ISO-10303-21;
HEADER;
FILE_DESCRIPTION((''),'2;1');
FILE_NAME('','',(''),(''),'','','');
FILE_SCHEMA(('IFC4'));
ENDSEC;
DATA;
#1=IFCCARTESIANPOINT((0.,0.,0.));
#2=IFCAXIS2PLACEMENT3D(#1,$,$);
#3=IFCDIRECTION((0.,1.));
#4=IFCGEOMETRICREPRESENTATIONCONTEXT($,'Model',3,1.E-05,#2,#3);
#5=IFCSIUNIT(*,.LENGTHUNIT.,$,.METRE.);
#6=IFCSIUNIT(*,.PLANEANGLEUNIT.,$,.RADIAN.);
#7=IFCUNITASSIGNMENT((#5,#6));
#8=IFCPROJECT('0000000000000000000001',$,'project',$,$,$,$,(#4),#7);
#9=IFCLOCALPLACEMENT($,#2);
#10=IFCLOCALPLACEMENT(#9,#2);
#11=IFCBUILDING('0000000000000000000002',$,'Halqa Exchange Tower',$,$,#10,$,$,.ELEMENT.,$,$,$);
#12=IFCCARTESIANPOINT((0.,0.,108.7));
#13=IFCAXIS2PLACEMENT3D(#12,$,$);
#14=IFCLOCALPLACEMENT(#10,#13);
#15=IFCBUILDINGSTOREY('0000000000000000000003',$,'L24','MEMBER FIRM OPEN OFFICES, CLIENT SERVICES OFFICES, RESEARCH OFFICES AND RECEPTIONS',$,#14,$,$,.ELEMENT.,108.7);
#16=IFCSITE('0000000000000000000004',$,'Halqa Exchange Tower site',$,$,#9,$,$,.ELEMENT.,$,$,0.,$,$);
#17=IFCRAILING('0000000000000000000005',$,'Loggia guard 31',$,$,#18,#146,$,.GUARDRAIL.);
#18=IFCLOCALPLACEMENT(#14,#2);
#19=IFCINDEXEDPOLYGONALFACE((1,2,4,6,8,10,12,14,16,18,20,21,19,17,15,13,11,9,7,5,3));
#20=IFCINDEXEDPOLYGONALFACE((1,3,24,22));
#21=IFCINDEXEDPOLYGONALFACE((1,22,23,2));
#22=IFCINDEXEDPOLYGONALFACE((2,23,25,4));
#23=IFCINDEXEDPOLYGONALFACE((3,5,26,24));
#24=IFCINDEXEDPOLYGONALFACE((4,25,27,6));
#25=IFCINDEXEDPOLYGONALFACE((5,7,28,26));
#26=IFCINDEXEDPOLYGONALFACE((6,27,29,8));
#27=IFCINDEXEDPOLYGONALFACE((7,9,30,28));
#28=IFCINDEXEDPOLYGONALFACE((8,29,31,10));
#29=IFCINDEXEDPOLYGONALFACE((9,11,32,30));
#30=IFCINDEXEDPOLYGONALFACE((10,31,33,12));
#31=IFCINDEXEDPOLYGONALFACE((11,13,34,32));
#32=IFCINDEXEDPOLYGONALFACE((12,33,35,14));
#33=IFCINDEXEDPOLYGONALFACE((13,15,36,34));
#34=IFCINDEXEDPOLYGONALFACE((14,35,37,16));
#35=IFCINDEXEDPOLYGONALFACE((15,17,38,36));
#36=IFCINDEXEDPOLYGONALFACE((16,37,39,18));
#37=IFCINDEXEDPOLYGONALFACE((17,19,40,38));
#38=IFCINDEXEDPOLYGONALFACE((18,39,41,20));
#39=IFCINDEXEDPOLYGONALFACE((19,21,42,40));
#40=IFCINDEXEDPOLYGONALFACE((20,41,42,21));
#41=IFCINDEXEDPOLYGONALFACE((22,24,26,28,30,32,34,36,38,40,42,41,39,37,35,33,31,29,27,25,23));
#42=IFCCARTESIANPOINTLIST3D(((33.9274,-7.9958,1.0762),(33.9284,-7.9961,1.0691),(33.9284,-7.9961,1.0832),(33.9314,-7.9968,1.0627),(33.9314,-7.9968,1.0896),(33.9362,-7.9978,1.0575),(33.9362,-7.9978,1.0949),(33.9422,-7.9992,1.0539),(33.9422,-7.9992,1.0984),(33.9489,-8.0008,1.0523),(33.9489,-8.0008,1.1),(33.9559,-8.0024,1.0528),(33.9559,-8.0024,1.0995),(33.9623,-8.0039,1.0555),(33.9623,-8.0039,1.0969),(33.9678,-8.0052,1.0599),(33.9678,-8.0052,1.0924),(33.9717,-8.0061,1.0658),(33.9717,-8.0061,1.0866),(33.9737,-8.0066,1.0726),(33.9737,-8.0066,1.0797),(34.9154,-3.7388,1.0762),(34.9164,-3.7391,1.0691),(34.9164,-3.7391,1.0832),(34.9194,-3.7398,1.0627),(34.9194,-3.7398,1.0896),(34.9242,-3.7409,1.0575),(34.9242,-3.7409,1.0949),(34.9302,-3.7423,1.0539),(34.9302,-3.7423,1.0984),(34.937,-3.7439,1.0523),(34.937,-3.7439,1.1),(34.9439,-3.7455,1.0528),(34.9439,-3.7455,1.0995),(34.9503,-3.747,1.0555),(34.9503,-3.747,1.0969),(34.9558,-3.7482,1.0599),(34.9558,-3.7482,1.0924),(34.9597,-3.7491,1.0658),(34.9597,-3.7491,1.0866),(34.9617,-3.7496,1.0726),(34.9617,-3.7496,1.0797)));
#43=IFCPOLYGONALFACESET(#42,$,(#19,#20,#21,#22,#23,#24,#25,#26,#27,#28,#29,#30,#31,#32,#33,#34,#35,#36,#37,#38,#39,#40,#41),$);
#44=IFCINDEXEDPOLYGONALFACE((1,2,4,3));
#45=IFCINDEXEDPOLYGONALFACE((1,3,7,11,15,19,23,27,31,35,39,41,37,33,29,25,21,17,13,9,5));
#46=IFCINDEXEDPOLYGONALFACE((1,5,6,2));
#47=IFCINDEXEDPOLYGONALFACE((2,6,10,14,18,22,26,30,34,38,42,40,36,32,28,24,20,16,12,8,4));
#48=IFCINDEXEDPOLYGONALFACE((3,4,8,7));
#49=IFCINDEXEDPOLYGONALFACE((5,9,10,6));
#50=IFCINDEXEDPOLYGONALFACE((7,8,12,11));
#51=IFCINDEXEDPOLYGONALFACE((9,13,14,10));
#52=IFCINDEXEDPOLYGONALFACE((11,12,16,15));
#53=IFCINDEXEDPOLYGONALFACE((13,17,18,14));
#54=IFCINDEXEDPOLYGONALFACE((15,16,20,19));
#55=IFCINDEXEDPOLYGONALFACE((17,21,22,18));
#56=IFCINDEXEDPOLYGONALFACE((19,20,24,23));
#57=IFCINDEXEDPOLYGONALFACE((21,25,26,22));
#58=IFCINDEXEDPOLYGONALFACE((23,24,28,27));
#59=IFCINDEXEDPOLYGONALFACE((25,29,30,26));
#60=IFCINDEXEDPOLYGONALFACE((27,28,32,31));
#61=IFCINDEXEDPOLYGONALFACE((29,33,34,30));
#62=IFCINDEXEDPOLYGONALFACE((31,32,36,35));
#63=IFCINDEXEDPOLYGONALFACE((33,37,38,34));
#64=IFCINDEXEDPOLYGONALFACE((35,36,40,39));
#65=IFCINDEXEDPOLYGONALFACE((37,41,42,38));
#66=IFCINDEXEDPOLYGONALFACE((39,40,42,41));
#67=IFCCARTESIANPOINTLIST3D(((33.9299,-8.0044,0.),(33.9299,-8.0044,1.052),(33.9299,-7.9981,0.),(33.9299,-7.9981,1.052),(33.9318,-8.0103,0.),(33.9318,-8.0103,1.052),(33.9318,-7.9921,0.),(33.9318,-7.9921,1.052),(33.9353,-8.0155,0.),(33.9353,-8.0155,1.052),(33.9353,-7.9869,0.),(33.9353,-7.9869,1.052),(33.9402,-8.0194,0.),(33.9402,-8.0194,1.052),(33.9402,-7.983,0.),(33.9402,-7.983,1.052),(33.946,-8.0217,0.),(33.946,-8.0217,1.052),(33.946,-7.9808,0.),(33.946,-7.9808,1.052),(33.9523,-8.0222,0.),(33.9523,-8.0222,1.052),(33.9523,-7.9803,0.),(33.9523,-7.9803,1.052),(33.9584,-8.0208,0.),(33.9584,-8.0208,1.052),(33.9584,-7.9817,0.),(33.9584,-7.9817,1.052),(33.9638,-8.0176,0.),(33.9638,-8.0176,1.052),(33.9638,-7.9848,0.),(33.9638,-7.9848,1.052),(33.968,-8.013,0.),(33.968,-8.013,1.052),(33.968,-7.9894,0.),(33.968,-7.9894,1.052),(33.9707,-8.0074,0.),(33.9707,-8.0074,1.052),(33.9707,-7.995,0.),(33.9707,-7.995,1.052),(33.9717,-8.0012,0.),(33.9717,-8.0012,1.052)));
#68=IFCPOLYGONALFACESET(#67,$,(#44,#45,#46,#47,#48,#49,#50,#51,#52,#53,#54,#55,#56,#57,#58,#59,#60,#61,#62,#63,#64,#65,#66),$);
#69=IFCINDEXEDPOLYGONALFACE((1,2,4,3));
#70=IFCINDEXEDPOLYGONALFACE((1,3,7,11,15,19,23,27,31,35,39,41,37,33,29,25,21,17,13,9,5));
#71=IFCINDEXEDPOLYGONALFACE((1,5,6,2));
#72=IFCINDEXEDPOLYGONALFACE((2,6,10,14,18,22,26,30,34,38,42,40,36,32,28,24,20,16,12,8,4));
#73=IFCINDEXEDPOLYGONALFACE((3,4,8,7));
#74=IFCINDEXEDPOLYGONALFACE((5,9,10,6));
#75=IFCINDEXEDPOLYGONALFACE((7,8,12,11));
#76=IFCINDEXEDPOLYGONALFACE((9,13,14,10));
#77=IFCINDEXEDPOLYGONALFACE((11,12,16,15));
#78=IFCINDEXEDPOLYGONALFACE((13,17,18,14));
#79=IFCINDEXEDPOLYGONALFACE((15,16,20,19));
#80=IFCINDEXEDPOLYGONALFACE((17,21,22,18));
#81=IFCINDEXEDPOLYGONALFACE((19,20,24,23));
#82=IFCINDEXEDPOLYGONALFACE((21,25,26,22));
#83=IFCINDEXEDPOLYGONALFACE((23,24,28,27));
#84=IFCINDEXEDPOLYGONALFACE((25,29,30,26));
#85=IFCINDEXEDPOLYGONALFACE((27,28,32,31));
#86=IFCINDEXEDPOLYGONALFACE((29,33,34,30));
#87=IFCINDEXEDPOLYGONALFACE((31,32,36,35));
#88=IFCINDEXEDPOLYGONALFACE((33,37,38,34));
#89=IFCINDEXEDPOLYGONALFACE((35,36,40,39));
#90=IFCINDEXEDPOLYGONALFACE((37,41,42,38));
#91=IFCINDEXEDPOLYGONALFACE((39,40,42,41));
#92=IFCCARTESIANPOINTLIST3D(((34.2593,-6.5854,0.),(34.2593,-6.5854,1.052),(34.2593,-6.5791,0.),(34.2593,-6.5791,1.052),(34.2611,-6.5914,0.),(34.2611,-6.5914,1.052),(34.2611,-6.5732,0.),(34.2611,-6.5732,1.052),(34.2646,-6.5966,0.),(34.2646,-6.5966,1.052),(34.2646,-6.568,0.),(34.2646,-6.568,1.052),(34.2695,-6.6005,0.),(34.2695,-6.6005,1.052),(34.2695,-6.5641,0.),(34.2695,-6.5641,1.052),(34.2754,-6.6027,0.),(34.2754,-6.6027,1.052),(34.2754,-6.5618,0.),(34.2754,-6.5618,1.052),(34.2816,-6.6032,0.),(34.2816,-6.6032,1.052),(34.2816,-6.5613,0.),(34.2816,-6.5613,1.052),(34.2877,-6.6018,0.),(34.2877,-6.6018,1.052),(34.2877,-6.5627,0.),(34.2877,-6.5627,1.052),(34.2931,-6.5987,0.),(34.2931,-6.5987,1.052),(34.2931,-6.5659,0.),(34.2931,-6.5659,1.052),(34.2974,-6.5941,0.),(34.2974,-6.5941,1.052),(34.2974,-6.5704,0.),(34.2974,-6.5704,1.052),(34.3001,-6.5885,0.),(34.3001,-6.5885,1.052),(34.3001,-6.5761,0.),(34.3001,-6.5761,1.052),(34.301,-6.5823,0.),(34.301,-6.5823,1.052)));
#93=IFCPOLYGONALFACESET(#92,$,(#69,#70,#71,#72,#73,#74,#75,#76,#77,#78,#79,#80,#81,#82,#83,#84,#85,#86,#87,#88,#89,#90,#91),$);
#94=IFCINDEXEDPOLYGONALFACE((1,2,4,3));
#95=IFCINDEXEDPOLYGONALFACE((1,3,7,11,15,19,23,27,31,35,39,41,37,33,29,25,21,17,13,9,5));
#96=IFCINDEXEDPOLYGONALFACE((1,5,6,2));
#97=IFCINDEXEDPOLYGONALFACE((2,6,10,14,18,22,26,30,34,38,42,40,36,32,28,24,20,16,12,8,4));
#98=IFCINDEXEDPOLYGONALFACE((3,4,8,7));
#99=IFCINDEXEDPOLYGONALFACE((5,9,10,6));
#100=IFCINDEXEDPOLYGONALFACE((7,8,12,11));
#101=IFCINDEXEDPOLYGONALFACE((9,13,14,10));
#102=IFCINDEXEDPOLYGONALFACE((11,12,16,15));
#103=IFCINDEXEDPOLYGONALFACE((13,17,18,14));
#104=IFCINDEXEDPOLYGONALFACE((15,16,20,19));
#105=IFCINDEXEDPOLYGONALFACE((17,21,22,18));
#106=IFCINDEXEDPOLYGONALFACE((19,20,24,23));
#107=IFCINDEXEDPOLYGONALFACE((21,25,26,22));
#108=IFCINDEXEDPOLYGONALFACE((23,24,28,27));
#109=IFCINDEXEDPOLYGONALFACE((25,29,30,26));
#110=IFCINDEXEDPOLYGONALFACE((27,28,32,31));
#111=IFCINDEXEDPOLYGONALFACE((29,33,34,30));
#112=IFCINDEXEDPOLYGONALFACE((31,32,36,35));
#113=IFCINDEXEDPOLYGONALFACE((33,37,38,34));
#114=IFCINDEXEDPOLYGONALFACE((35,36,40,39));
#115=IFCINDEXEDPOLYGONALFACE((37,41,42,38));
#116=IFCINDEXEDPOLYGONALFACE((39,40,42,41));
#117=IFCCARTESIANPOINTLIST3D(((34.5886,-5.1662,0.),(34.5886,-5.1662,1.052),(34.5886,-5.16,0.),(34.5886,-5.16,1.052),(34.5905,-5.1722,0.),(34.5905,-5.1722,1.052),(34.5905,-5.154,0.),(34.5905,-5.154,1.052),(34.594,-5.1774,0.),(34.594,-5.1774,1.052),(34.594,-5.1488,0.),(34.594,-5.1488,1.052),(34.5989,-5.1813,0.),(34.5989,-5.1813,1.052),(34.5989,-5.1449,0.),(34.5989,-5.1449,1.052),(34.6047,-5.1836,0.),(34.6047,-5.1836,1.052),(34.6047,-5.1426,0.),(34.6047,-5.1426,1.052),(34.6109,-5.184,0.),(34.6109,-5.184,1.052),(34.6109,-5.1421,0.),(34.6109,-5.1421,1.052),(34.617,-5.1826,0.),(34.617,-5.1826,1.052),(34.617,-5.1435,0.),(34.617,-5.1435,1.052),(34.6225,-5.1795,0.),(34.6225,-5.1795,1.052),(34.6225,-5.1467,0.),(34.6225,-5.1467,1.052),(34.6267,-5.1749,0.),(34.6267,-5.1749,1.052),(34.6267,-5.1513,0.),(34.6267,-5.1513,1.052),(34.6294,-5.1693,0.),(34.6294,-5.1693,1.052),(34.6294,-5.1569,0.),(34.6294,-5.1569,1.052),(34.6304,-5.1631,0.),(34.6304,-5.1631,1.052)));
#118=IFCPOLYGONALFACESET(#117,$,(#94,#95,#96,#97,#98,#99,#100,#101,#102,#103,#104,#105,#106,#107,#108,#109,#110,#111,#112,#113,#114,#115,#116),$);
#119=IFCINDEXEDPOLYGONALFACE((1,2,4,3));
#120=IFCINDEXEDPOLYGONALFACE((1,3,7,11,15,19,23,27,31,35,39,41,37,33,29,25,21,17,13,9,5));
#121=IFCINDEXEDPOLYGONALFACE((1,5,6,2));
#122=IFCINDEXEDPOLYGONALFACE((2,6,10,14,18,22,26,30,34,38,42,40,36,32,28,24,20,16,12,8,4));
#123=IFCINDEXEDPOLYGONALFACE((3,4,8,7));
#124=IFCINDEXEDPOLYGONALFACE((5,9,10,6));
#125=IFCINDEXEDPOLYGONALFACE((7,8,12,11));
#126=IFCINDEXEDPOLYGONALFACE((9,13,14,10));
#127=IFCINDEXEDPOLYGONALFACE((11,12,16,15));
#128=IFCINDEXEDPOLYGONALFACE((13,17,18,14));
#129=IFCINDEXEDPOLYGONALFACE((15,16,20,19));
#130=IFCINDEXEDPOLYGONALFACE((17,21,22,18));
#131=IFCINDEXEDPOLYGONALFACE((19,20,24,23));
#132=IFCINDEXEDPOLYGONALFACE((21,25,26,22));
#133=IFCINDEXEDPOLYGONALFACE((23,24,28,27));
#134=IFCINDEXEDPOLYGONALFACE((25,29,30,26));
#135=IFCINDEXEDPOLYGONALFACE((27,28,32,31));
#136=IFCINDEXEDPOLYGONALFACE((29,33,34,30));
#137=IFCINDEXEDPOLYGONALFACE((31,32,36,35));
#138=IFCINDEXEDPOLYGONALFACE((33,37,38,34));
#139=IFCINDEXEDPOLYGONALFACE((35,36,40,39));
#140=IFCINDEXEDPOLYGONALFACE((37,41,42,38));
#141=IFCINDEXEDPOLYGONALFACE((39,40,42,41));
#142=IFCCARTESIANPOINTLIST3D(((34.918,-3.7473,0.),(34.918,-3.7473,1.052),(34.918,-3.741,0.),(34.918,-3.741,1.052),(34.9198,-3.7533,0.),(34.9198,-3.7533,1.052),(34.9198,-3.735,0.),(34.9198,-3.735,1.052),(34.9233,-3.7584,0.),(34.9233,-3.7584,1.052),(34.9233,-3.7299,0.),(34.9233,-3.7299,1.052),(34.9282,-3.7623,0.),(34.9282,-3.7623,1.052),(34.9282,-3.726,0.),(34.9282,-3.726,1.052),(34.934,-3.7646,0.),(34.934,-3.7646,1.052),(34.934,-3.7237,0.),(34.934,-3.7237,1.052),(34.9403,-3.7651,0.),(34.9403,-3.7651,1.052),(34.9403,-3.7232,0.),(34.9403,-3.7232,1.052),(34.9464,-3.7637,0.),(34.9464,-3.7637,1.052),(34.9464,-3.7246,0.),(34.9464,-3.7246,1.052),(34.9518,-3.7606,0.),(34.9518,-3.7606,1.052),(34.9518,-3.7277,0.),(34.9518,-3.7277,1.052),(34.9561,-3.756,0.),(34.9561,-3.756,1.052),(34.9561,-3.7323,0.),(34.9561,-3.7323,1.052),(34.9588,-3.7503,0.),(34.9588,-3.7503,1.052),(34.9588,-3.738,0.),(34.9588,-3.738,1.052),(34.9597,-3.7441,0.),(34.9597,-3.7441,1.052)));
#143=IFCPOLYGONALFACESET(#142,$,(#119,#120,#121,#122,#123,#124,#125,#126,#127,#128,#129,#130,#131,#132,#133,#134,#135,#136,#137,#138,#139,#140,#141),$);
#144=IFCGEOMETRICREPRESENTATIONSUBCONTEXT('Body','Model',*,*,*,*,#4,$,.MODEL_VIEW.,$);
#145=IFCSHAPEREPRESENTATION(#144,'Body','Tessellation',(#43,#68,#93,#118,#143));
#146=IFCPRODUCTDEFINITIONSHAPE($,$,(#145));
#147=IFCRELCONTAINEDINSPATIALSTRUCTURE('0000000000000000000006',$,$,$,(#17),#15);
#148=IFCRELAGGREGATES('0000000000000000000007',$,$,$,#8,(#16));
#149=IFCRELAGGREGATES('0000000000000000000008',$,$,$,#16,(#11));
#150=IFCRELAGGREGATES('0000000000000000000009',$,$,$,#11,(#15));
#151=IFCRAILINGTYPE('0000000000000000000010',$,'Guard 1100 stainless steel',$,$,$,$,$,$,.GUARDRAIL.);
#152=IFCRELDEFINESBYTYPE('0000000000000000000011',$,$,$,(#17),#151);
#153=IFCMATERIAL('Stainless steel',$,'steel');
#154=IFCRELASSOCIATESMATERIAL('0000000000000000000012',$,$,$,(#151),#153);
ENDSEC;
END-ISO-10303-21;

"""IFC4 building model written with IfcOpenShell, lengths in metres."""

from ifc_helpers import new_model, si_unit, direction, frame, origin, origin_2d, place, context, subcontext, project, spatial, circle, extrude, material, type_object, element, save


model = new_model("IFC4")

# Units and contexts
model_context = context("Model", 3, precision=1e-05, world=origin(), true_north=direction((0.0, 1.0)))
body_context = subcontext(model_context, "Body", "Model", "MODEL_VIEW")
ifc_project = project(units=[si_unit("LENGTHUNIT", "METRE"), si_unit("PLANEANGLEUNIT", "RADIAN")], contexts=[model_context])

# Site, building, storey
site_placement = place(None, origin())
site = spatial("IfcSite", under=ifc_project, at=site_placement, Name="Halqa Exchange Tower site", CompositionType="ELEMENT", RefElevation=0.0)
building_placement = place(site_placement, origin())
building = spatial("IfcBuilding", under=site, at=building_placement, Name="Halqa Exchange Tower", CompositionType="ELEMENT")
storey_placement = place(building_placement, frame((0.0, 0.0, 108.7)))
storey = spatial("IfcBuildingStorey", under=building, at=storey_placement, Name="L24", Description="MEMBER FIRM OPEN OFFICES, CLIENT SERVICES OFFICES, RESEARCH OFFICES AND RECEPTIONS", CompositionType="ELEMENT", Elevation=108.7)

# Railing
ifc_material_1 = material(Name="Stainless steel", Category="steel")
railing_type = type_object("IfcRailingType", Name="Guard 1100 stainless steel", PredefinedType="GUARDRAIL", material=ifc_material_1)
railing_1_placement = place(storey_placement, frame((33.9507, -8.0012, 0.0)))
element("IfcRailing", 1, at=railing_1_placement, inside=storey, type_object=railing_type, Name="Loggia guard 31", PredefinedType="GUARDRAIL", context=body_context, shape_type="SweptSolid", body=[
    extrude(circle(Radius=0.0239, at=origin_2d()), frame((0.0, 0.0, 1.0762), z_axis=(0.226083, 0.974108, 0.0), x_axis=(-0.974108, 0.226083, 0.0)), (0.0, 0.0, 1.0), 4.3701),
    extrude(circle(Radius=0.021, at=origin_2d()), origin(), (0.0, 0.0, 1.0), 1.052),
    extrude(circle(Radius=0.021, at=origin_2d()), frame((0.3293, 1.4189, 0.0)), (0.0, 0.0, 1.0), 1.052),
    extrude(circle(Radius=0.021, at=origin_2d()), frame((0.6587, 2.8381, 0.0)), (0.0, 0.0, 1.0), 1.052),
    extrude(circle(Radius=0.021, at=origin_2d()), frame((0.988, 4.2571, 0.0)), (0.0, 0.0, 1.0), 1.052),
])

save(model, "model.ifc")
